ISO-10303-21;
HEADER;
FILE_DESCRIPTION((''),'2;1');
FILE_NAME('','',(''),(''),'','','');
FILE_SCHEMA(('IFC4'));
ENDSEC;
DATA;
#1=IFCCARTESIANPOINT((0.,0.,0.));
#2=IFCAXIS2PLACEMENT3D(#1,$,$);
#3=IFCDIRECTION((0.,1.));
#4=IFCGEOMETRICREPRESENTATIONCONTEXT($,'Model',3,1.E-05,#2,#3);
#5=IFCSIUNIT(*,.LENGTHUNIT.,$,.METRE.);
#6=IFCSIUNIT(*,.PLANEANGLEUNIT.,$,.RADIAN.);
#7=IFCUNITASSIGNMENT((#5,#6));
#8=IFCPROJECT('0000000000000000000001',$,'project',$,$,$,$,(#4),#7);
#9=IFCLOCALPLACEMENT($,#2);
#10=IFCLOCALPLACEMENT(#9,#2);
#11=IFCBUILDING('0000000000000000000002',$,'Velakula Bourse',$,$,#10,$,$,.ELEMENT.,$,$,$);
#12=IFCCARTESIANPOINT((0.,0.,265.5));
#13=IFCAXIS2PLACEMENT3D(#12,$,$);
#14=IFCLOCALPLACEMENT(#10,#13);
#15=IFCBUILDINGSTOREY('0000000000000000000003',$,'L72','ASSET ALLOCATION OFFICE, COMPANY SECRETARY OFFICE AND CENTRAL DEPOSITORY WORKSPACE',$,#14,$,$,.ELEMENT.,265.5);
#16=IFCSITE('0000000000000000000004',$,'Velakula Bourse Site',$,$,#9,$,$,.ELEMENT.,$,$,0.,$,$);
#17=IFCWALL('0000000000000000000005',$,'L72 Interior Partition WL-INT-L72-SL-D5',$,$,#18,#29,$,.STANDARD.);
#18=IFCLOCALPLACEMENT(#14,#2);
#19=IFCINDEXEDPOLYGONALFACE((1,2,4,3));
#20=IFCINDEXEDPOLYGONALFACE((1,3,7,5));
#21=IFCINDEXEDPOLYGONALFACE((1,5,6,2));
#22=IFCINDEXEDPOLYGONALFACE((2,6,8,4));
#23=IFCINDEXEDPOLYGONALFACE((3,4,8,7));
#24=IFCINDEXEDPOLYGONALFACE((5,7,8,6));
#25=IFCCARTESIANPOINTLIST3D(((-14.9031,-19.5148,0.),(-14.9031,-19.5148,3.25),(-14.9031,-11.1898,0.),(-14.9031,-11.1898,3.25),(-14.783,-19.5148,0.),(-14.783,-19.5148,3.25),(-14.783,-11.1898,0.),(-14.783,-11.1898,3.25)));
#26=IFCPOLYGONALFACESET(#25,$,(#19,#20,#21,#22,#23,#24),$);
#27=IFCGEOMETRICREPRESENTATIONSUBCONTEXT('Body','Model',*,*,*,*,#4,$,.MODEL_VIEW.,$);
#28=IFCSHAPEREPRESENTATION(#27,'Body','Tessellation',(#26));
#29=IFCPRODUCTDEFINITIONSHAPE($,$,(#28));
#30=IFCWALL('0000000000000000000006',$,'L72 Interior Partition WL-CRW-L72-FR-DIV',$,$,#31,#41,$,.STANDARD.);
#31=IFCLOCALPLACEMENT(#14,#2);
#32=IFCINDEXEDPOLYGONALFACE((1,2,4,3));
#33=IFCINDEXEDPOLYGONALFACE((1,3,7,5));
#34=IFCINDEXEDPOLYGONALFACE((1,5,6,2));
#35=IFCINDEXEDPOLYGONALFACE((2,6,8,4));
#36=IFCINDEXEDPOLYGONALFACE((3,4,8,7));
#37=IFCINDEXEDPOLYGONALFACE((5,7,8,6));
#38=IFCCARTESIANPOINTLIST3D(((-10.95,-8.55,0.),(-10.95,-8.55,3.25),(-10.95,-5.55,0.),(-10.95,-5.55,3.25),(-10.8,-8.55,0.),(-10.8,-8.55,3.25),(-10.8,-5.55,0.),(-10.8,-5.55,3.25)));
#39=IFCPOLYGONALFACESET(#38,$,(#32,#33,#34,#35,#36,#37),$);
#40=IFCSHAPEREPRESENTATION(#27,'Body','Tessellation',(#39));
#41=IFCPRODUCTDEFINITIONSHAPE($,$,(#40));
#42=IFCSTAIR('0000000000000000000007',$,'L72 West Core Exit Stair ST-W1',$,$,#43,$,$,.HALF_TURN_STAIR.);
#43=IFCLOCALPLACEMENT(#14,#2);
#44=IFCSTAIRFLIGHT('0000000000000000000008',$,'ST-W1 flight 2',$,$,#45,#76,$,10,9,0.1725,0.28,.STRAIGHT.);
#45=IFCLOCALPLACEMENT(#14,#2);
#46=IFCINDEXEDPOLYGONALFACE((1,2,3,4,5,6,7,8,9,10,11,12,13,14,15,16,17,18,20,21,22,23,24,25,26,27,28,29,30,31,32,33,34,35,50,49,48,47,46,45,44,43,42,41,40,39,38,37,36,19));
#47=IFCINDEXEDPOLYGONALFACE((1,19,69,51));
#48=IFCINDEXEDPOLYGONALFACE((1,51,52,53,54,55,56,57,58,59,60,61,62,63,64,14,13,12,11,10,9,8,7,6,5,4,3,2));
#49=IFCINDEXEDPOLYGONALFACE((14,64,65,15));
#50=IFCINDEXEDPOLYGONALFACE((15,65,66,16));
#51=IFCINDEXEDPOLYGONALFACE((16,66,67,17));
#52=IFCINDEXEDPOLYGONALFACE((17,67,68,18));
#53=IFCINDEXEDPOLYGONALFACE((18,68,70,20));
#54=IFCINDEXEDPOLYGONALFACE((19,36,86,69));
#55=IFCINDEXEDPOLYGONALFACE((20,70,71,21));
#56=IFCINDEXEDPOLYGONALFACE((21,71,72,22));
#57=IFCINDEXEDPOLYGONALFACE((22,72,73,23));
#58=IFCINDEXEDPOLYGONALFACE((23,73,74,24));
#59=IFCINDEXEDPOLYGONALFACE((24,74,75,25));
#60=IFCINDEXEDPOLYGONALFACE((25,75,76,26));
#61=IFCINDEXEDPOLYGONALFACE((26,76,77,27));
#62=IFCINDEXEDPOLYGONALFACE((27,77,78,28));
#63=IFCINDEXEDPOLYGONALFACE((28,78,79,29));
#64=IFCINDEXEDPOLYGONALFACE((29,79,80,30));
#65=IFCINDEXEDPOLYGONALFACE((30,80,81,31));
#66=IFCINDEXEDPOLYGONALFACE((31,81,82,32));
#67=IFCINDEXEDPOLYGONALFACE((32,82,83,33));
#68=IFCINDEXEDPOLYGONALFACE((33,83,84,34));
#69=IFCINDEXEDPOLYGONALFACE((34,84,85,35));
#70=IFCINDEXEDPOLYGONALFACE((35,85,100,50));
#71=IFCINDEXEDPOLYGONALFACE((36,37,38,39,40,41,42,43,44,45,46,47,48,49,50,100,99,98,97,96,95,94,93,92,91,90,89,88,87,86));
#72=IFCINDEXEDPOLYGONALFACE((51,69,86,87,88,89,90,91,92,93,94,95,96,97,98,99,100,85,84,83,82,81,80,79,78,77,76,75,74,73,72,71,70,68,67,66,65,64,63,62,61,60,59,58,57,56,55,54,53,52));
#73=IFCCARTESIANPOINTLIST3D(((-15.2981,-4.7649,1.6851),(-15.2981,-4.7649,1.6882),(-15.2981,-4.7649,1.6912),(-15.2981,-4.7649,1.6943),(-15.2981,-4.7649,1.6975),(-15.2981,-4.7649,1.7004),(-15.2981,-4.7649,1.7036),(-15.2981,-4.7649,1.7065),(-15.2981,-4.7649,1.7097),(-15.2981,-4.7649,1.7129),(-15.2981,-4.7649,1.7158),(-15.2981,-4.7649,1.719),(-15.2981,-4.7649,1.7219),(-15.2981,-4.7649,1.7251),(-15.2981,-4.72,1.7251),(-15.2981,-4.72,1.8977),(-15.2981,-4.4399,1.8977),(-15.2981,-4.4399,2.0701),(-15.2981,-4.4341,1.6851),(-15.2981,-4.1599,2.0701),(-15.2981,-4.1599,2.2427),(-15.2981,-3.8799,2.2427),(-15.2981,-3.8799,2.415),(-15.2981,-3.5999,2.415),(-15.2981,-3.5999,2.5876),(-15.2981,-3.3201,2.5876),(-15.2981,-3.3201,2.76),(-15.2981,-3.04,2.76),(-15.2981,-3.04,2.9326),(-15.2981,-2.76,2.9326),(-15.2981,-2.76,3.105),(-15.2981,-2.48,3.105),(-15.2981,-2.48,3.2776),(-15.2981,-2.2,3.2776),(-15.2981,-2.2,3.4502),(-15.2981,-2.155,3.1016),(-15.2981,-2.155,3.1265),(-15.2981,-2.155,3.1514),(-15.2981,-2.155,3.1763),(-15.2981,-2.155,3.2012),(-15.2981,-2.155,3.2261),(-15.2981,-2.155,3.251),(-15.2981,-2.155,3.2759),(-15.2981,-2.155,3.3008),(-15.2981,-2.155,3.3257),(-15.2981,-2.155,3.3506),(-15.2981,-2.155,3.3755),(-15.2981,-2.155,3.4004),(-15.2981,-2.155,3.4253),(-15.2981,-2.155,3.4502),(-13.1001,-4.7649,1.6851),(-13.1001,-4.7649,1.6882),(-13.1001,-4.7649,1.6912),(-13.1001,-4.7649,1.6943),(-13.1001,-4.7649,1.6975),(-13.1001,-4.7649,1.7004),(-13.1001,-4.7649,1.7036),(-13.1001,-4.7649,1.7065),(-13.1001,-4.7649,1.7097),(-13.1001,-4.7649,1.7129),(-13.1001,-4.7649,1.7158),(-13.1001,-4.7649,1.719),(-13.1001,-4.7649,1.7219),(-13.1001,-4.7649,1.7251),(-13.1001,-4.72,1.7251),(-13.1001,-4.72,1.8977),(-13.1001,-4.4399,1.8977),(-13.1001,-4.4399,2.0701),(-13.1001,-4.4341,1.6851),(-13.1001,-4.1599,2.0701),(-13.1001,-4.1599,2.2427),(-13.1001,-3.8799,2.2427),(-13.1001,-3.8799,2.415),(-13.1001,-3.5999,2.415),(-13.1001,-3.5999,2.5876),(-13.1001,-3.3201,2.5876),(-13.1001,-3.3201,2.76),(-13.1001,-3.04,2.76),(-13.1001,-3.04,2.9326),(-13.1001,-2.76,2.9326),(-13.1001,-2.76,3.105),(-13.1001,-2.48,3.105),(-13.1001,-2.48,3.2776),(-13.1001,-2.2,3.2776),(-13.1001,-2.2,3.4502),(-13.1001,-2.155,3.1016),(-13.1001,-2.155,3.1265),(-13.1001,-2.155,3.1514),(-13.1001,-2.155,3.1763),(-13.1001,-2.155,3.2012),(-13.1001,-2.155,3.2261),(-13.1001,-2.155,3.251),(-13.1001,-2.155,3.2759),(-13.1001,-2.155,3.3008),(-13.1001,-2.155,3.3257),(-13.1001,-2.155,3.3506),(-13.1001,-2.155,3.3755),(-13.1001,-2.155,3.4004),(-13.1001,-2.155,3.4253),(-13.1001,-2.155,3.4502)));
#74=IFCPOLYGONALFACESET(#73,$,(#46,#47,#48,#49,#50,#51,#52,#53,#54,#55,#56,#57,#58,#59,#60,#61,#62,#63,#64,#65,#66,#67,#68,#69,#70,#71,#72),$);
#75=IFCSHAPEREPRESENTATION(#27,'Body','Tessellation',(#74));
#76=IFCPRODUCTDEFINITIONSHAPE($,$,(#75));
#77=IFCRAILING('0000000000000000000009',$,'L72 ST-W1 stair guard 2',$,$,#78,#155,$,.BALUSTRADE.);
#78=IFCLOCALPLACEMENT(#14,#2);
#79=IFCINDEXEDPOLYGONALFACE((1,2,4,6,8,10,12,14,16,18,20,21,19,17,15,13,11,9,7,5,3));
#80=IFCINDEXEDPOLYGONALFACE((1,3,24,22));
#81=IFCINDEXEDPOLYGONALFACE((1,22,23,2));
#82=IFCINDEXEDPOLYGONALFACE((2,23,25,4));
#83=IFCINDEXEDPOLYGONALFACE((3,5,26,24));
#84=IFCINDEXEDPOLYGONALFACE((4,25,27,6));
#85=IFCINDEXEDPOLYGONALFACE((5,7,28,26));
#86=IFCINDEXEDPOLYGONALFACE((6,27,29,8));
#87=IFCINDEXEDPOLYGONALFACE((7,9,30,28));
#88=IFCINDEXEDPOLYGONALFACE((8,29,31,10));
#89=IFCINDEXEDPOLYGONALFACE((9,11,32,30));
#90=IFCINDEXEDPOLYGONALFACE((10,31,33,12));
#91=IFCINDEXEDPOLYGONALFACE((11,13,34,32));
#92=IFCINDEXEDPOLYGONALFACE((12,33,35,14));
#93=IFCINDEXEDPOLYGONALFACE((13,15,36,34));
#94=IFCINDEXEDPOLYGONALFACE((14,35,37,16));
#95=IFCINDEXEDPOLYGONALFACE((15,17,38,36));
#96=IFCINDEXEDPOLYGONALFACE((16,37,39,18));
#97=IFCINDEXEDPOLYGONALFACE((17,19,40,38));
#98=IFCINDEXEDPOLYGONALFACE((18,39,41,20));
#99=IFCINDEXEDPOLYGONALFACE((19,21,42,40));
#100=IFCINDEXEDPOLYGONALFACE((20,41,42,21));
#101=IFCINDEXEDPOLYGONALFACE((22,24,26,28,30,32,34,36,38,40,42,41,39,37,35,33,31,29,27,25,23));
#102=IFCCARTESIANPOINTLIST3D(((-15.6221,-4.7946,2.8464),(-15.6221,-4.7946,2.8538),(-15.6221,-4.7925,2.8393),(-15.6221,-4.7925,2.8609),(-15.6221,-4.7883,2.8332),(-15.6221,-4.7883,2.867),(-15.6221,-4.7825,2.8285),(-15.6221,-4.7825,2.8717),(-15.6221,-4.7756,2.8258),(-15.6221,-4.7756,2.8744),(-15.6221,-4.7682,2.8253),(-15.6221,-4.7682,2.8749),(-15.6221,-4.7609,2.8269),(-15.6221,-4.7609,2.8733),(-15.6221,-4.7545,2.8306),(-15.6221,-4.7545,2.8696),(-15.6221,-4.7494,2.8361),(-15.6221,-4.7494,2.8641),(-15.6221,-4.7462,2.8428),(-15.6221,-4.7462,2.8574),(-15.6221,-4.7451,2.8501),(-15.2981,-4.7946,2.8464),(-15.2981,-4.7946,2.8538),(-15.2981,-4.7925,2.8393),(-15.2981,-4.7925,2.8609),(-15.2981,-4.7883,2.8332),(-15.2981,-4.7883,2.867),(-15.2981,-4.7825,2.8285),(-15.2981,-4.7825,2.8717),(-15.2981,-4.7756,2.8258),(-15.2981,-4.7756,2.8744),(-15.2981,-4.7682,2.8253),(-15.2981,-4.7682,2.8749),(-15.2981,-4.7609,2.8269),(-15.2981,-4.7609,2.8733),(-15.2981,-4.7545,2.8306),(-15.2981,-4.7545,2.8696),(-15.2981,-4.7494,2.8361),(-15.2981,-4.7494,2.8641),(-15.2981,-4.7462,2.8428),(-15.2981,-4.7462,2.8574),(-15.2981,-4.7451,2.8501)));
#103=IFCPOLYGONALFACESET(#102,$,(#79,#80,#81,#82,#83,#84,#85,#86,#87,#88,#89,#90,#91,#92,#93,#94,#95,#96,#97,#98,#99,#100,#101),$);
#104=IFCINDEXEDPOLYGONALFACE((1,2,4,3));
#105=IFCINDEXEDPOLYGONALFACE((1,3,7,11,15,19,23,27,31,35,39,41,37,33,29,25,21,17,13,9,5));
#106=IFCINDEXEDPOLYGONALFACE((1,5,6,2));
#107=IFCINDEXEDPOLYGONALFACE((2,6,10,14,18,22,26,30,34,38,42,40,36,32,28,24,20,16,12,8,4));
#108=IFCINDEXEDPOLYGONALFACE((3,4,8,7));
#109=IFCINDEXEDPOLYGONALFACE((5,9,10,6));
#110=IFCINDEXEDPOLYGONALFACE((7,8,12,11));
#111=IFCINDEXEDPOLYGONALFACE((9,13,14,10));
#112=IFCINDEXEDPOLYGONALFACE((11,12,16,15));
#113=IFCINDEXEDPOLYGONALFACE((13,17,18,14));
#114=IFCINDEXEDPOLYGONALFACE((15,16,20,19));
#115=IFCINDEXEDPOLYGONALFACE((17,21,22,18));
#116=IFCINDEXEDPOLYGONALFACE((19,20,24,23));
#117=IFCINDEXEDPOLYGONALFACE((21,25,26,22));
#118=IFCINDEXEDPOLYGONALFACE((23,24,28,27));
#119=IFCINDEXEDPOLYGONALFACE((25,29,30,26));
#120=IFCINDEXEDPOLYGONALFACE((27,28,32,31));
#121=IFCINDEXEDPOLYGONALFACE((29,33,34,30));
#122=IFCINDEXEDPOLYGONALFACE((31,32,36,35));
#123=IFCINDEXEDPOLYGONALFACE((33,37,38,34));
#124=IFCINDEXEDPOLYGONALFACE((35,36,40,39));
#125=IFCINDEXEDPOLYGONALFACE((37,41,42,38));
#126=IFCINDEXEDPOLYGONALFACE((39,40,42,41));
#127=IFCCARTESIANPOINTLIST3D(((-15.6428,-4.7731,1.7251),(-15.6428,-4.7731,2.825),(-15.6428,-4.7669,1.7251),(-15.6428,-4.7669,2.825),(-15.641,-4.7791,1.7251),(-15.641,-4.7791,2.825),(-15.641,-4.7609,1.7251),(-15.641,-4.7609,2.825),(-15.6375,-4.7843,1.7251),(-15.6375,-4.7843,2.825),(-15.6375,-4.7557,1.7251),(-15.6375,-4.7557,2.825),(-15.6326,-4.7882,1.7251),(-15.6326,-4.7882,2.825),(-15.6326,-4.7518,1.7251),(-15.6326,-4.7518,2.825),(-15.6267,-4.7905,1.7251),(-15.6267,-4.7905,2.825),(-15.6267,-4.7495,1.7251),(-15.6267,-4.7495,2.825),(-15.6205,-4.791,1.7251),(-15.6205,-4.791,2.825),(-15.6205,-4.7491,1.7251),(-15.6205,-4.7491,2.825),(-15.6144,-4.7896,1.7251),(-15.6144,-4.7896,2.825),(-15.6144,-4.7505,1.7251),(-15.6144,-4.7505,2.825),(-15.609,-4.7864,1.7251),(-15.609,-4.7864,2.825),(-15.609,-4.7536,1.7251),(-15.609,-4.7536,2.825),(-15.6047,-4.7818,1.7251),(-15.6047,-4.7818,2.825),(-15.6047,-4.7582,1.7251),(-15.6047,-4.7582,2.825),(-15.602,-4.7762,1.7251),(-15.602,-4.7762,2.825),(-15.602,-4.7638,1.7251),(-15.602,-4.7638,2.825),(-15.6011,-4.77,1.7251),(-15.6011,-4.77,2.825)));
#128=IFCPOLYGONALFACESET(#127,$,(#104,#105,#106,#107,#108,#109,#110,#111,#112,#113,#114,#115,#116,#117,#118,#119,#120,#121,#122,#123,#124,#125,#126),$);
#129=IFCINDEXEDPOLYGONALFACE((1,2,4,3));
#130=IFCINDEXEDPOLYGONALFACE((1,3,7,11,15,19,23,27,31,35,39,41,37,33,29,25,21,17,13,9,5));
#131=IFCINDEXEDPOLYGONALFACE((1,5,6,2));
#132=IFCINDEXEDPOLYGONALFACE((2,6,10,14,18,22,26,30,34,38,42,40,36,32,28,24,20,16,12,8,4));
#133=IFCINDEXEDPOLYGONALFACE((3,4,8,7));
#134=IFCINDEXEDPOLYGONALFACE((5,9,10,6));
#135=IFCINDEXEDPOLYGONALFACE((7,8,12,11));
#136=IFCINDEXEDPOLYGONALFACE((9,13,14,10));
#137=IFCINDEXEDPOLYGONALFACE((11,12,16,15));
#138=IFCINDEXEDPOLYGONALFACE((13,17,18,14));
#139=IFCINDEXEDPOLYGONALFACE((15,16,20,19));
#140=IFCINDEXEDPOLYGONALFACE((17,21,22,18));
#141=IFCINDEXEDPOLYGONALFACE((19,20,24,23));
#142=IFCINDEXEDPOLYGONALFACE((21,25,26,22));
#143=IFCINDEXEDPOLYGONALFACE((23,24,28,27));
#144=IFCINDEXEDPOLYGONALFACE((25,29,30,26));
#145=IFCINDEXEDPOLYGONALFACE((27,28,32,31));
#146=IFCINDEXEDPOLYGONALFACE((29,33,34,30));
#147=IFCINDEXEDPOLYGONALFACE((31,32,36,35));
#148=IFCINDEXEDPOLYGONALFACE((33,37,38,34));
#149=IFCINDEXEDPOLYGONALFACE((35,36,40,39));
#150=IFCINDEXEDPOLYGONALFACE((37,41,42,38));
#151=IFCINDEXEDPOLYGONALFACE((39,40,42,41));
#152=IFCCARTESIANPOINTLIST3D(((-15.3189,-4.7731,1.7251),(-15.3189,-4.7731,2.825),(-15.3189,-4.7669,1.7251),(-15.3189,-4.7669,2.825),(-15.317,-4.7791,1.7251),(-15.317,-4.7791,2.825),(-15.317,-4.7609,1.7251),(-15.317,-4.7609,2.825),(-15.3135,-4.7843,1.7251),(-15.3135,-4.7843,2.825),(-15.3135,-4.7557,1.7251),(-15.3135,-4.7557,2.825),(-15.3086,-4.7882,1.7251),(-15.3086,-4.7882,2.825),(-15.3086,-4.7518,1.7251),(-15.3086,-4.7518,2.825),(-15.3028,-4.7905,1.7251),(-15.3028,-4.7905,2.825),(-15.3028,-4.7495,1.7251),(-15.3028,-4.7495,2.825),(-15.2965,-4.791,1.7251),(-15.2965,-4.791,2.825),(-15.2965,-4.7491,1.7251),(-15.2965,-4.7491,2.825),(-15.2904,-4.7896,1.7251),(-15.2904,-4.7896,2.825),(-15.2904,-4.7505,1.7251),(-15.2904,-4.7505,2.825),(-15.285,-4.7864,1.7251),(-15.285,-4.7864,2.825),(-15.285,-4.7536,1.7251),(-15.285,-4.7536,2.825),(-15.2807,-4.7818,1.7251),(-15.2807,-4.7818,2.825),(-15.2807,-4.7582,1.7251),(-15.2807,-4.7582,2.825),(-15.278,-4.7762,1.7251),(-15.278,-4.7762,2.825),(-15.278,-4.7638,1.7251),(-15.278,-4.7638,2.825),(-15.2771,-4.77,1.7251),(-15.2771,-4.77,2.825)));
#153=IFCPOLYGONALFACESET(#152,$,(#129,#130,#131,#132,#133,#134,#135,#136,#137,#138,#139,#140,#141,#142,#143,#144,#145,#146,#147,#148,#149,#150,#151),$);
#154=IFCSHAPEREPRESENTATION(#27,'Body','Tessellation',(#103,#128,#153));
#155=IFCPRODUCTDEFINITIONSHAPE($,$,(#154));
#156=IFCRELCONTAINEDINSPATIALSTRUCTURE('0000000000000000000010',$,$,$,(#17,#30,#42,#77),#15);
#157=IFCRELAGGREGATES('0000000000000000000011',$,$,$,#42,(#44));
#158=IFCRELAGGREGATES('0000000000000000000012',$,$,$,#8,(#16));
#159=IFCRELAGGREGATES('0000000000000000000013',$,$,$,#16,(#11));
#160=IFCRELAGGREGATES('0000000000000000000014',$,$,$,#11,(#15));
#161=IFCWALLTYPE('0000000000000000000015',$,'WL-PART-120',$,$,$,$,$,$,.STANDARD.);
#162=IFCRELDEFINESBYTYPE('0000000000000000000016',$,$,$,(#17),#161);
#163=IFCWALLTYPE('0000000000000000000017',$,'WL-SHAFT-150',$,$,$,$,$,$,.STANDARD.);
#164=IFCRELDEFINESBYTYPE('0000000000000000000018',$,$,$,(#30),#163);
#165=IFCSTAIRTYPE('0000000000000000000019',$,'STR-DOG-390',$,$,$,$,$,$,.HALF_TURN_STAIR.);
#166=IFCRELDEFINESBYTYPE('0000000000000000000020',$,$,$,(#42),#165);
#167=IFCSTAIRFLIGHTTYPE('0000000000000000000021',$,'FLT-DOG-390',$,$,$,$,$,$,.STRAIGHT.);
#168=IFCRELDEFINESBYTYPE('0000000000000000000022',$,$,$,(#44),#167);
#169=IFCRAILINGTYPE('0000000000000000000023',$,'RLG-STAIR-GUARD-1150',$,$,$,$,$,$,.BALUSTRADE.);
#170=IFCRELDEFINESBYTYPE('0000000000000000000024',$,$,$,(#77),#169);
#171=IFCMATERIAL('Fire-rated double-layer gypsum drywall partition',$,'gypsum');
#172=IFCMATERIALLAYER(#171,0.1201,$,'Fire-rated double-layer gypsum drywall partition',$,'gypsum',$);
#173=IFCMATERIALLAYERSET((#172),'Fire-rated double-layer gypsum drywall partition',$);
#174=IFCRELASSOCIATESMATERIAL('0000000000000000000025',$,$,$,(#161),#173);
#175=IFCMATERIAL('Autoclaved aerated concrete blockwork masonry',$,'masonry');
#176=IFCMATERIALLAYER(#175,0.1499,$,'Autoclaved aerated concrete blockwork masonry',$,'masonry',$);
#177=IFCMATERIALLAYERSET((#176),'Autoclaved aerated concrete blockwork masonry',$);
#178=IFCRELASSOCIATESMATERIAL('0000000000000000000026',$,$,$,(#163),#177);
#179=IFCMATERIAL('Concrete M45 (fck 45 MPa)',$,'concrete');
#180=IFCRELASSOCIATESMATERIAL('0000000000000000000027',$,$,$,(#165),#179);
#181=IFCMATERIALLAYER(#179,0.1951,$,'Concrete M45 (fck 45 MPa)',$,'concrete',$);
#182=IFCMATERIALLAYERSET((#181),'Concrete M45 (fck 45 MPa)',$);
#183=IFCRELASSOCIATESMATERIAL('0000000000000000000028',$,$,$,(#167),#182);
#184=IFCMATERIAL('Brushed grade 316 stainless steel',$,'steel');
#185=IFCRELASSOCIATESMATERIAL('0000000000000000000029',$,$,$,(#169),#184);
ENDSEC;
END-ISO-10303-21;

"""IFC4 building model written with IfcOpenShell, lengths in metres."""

from ifc_helpers import new_model, si_unit, direction, frame, frame_2d, origin, origin_2d, place, context, subcontext, project, spatial, polyline, rectangle, circle, outline, extrude, material, layer, layer_set, type_object, element, aggregate, save


model = new_model("IFC4")

# Units and contexts
model_context = context("Model", 3, precision=1e-05, world=origin(), true_north=direction((0.0, 1.0)))
body_context = subcontext(model_context, "Body", "Model", "MODEL_VIEW")
ifc_project = project(units=[si_unit("LENGTHUNIT", "METRE"), si_unit("PLANEANGLEUNIT", "RADIAN")], contexts=[model_context])

# Site, building, storey
site_placement = place(None, origin())
site = spatial("IfcSite", under=ifc_project, at=site_placement, Name="Velakula Bourse Site", CompositionType="ELEMENT", RefElevation=0.0)
building_placement = place(site_placement, origin())
building = spatial("IfcBuilding", under=site, at=building_placement, Name="Velakula Bourse", CompositionType="ELEMENT")
storey_placement = place(building_placement, frame((0.0, 0.0, 265.5)))
storey = spatial("IfcBuildingStorey", under=building, at=storey_placement, Name="L72", Description="ASSET ALLOCATION OFFICE, COMPANY SECRETARY OFFICE AND CENTRAL DEPOSITORY WORKSPACE", CompositionType="ELEMENT", Elevation=265.5)

# Wall
ifc_material_1 = material(Name="Fire-rated double-layer gypsum drywall partition", Category="gypsum")
ifc_layer_1 = layer(ifc_material_1, 0.1201, Name="Fire-rated double-layer gypsum drywall partition", Category="gypsum")
ifc_layer_set_1 = layer_set([ifc_layer_1], Name="Fire-rated double-layer gypsum drywall partition")
wall_type_1 = type_object("IfcWallType", Name="WL-PART-120", PredefinedType="STANDARD", material=ifc_layer_set_1)
wall_1_placement = place(storey_placement, frame((-14.843, -19.5149, 0.0), z_axis=(0.0, 0.0, 1.0), x_axis=(0.0, 1.0, 0.0)))
element("IfcWall", 1, at=wall_1_placement, inside=storey, type_object=wall_type_1, Name="L72 Interior Partition WL-INT-L72-SL-D5", PredefinedType="STANDARD", context=body_context, shape_type="SweptSolid", body=[
    extrude(rectangle(XDim=8.325, YDim=0.1201, at=frame_2d((4.1626, 0.0))), origin(), (0.0, 0.0, 1.0), 3.25),
])

# Shared definitions
ifc_material_2 = material(Name="Autoclaved aerated concrete blockwork masonry", Category="masonry")
ifc_layer_2 = layer(ifc_material_2, 0.1499, Name="Autoclaved aerated concrete blockwork masonry", Category="masonry")
ifc_layer_set_2 = layer_set([ifc_layer_2], Name="Autoclaved aerated concrete blockwork masonry")
wall_type_2 = type_object("IfcWallType", Name="WL-SHAFT-150", PredefinedType="STANDARD", material=ifc_layer_set_2)
ifc_material_3 = material(Name="Brushed grade 316 stainless steel", Category="steel")

# Wall
wall_2_placement = place(storey_placement, frame((-10.875, -8.55, 0.0), z_axis=(0.0, 0.0, 1.0), x_axis=(0.0, 1.0, 0.0)))
element("IfcWall", 2, at=wall_2_placement, inside=storey, type_object=wall_type_2, Name="L72 Interior Partition WL-CRW-L72-FR-DIV", PredefinedType="STANDARD", context=body_context, shape_type="SweptSolid", body=[
    extrude(rectangle(XDim=3.0, YDim=0.1499, at=frame_2d((1.5, 0.0))), origin(), (0.0, 0.0, 1.0), 3.25),
])

# Stair, stair flight
ifc_material_4 = material(Name="Concrete M45 (fck 45 MPa)", Category="concrete")
stair_type = type_object("IfcStairType", Name="STR-DOG-390", PredefinedType="HALF_TURN_STAIR", material=ifc_material_4)
stair_placement = place(storey_placement, origin())
stair = element("IfcStair", 3, at=stair_placement, inside=storey, type_object=stair_type, Name="L72 West Core Exit Stair ST-W1", PredefinedType="HALF_TURN_STAIR")
ifc_layer_3 = layer(ifc_material_4, 0.1951, Name="Concrete M45 (fck 45 MPa)", Category="concrete")
ifc_layer_set_3 = layer_set([ifc_layer_3], Name="Concrete M45 (fck 45 MPa)")
stair_flight_type = type_object("IfcStairFlightType", Name="FLT-DOG-390", PredefinedType="STRAIGHT", material=ifc_layer_set_3)
stair_flight_placement = place(storey_placement, frame((-14.199, -4.72, 1.7251), z_axis=(0.0, 0.0, 1.0), x_axis=(0.0, 1.0, 0.0)))
stair_flight = element("IfcStairFlight", 4, at=stair_flight_placement, type_object=stair_flight_type, Name="ST-W1 flight 2", NumberOfRisers=10, NumberOfTreads=9, PredefinedType="STRAIGHT", RiserHeight=0.1725, TreadLength=0.28, context=body_context, shape_type="SweptSolid", body=[
    extrude(outline(polyline([(-0.0449, -0.04), (-0.0449, -0.0369), (-0.0449, -0.0339), (-0.0449, -0.0308), (-0.0449, -0.0276), (-0.0449, -0.0247), (-0.0449, -0.0215), (-0.0449, -0.0186), (-0.0449, -0.0154), (-0.0449, -0.0122), (-0.0449, -0.0093), (-0.0449, -0.0061), (-0.0449, -0.0032), (-0.0449, 0.0), (0.0, 0.0), (0.0, 0.1726), (0.28, 0.1726), (0.28, 0.345), (0.5601, 0.345), (0.5601, 0.5176), (0.8401, 0.5176), (0.8401, 0.6899), (1.1201, 0.6899), (1.1201, 0.8625), (1.3999, 0.8625), (1.3999, 1.0349), (1.6799, 1.0349), (1.6799, 1.2075), (1.96, 1.2075), (1.96, 1.3799), (2.24, 1.3799), (2.24, 1.5525), (2.52, 1.5525), (2.52, 1.7251), (2.5649, 1.7251), (2.5649, 1.7002), (2.5649, 1.6753), (2.5649, 1.6504), (2.5649, 1.6255), (2.5649, 1.6006), (2.5649, 1.5757), (2.5649, 1.5508), (2.5649, 1.5259), (2.5649, 1.501), (2.5649, 1.4761), (2.5649, 1.4512), (2.5649, 1.4263), (2.5649, 1.4014), (2.5649, 1.3765), (0.2859, -0.04), (-0.0449, -0.04)])), frame((0.0, 1.0991, 0.0), z_axis=(0.0, -1.0, 0.0), x_axis=(1.0, 0.0, 0.0)), (0.0, 0.0, 1.0), 2.198),
])
aggregate(stair, [stair_flight])

# Railing
railing_type_1 = type_object("IfcRailingType", Name="RLG-STAIR-GUARD-1150", PredefinedType="BALUSTRADE", material=ifc_material_3)
railing_1_placement = place(storey_placement, frame((-15.6221, -4.77, 1.7251)))
element("IfcRailing", 5, at=railing_1_placement, inside=storey, type_object=railing_type_1, Name="L72 ST-W1 stair guard 2", PredefinedType="BALUSTRADE", context=body_context, shape_type="SweptSolid", body=[
    extrude(circle(Radius=0.0249, at=origin_2d()), frame((0.0, 0.0, 1.125), z_axis=(1.0, 0.0, 0.0), x_axis=(0.0, 1.0, 0.0)), (0.0, 0.0, 1.0), 0.324),
    extrude(circle(Radius=0.021, at=origin_2d()), origin(), (0.0, 0.0, 1.0), 1.0999),
    extrude(circle(Radius=0.021, at=origin_2d()), frame((0.324, 0.0, 0.0)), (0.0, 0.0, 1.0), 1.0999),
])

save(model, "model.ifc")
